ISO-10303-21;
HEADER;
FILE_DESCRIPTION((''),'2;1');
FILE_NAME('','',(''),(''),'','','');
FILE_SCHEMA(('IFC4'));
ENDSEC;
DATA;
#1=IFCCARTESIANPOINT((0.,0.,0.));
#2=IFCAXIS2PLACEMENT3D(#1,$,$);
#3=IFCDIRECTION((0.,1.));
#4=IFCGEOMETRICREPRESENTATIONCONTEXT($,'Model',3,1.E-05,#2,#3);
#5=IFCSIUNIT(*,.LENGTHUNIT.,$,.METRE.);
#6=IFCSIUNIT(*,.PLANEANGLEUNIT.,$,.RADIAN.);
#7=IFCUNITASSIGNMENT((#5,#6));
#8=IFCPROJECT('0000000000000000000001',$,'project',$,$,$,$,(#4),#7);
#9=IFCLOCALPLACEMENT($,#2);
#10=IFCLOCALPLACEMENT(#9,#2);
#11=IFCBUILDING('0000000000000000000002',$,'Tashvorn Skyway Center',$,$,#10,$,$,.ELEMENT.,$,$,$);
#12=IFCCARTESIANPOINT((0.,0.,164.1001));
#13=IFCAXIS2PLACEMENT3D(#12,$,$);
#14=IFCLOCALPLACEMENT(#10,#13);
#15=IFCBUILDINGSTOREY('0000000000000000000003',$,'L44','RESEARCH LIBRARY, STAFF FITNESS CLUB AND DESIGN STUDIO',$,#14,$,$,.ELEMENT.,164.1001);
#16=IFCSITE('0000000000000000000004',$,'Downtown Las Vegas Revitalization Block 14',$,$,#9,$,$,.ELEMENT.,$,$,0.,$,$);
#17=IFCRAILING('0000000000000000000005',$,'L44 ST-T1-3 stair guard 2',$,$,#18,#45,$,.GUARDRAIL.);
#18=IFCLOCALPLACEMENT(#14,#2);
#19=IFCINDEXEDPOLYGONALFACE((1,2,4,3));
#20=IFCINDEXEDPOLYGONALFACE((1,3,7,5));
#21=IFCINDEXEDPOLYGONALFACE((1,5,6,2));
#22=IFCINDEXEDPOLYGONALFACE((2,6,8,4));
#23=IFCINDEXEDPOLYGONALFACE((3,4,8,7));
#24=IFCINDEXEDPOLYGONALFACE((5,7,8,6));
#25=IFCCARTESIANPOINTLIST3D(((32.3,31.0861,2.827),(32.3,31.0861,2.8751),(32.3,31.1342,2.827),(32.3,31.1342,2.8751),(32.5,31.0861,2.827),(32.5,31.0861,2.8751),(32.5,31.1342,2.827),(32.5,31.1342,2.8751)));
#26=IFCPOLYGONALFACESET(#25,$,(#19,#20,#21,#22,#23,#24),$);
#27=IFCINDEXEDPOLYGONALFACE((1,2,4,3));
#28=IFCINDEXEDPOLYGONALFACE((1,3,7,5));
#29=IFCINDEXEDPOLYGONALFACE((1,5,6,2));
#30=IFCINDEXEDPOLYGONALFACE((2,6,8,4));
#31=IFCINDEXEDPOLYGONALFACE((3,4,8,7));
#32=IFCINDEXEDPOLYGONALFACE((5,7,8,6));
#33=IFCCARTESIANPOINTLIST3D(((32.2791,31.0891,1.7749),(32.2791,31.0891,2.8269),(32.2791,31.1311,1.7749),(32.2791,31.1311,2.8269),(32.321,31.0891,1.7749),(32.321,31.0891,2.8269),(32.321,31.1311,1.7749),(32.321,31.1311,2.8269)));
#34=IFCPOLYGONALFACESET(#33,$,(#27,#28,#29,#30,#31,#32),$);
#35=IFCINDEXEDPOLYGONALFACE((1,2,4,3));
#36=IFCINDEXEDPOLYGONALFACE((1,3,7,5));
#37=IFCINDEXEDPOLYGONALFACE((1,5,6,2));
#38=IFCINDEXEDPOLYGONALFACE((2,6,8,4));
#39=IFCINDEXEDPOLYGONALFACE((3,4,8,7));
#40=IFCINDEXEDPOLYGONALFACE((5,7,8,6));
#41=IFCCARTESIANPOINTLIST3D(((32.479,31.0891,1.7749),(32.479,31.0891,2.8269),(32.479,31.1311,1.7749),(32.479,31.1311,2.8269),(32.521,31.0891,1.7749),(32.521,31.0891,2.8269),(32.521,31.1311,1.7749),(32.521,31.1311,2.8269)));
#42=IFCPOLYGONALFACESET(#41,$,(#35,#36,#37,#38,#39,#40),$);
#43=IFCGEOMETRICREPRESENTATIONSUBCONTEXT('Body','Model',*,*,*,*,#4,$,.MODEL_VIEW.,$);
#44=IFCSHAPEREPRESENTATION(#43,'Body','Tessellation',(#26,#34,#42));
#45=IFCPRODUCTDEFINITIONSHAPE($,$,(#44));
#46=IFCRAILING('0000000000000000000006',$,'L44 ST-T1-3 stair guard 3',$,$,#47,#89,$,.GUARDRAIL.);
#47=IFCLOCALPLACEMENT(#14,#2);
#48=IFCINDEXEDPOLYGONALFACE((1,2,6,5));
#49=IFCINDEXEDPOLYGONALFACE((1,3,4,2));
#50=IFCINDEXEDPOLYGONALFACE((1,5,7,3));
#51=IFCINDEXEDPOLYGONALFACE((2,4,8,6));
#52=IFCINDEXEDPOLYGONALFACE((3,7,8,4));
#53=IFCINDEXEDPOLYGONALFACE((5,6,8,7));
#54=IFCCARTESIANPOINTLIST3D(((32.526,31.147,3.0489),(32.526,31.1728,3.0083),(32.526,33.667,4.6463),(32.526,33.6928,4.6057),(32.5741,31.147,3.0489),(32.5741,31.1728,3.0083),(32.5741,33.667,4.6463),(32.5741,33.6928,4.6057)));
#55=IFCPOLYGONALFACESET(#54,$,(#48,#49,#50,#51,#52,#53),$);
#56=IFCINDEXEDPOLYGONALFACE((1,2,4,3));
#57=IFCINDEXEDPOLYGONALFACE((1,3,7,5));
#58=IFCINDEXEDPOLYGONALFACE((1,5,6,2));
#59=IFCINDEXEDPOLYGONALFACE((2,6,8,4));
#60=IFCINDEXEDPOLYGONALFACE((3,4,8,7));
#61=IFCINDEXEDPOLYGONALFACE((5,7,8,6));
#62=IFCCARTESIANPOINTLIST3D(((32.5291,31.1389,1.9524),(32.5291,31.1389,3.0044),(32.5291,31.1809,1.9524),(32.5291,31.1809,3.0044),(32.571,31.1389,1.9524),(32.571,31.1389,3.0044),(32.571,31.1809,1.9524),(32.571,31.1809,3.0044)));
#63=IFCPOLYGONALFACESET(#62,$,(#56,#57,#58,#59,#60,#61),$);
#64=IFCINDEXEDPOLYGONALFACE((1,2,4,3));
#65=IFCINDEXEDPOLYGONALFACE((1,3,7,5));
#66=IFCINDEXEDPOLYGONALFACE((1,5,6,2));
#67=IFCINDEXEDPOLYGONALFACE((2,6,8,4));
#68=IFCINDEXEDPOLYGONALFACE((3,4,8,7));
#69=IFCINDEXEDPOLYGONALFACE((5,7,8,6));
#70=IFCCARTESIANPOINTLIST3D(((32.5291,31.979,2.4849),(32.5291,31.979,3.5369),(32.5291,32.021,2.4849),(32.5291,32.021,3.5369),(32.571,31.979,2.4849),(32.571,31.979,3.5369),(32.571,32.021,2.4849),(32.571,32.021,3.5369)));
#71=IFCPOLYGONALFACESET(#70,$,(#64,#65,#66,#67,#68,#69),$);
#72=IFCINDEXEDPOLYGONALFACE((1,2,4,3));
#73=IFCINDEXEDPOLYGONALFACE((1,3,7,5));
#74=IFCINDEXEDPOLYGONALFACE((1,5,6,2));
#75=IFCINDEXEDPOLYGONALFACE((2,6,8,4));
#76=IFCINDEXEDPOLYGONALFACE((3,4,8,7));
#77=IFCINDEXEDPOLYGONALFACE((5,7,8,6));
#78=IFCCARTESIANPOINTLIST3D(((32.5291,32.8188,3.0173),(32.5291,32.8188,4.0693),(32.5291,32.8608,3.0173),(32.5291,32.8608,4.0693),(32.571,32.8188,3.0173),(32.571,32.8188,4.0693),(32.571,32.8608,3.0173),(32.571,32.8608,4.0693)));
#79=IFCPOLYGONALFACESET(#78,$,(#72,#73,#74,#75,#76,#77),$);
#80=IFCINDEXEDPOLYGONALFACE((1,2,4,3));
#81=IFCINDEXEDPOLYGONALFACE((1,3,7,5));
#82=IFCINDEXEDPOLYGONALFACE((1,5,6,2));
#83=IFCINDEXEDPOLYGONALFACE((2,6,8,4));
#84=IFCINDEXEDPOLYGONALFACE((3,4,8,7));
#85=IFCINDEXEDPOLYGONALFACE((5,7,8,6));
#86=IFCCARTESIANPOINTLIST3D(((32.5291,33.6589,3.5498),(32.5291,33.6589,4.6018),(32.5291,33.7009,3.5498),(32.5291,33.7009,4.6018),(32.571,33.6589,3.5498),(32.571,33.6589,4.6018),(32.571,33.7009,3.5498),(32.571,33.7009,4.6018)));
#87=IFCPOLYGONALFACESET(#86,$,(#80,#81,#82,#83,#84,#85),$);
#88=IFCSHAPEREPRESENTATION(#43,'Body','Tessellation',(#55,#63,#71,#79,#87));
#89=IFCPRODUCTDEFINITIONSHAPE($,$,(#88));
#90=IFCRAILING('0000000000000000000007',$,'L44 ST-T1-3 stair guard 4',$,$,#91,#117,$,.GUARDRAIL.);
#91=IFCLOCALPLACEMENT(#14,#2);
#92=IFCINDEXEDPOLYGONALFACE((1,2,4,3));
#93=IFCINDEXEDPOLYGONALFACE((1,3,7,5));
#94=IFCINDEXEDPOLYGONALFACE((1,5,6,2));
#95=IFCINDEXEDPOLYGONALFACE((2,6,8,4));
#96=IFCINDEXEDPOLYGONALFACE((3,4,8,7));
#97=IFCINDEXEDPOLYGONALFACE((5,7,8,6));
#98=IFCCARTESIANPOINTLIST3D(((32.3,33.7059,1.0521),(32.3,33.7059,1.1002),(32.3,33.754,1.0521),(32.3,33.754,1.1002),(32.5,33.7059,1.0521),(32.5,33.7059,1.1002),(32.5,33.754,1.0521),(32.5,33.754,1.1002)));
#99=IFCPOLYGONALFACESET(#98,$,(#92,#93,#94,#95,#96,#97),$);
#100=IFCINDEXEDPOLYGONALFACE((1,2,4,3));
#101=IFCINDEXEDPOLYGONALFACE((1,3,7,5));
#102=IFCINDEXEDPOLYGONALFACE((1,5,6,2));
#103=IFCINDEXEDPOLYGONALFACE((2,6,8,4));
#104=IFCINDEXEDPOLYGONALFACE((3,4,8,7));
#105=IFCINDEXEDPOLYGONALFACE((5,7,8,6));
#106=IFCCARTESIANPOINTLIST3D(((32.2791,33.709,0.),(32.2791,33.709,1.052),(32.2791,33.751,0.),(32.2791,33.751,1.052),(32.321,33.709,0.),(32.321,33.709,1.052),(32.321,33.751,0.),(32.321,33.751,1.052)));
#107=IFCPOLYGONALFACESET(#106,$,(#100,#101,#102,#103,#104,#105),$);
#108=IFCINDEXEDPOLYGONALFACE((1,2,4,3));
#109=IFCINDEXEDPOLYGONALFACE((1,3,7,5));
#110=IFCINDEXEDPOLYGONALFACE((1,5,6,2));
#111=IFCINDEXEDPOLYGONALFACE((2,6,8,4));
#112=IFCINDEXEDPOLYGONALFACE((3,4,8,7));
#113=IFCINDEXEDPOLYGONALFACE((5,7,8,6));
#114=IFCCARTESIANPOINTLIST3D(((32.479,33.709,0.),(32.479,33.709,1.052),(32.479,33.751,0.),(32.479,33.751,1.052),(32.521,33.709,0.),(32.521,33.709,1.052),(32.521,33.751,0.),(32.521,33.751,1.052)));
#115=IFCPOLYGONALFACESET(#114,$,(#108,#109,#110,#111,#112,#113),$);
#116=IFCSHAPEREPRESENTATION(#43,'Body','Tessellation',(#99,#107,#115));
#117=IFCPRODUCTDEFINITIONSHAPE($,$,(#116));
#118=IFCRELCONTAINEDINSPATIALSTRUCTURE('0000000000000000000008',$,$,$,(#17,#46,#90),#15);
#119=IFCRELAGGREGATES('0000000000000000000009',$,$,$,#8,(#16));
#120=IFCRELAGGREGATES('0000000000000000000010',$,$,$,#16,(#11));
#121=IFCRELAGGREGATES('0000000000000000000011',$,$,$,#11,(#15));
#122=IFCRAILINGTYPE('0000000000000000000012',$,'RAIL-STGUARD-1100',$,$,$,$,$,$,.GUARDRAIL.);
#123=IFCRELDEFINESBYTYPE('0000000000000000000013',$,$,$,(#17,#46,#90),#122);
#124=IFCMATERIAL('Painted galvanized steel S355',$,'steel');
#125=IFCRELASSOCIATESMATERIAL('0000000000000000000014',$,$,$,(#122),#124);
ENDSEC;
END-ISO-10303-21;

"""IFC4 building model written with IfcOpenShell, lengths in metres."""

from ifc_helpers import new_model, si_unit, direction, frame, origin, origin_2d, place, context, subcontext, project, spatial, rectangle, extrude, material, type_object, element, save


model = new_model("IFC4")

# Units and contexts
model_context = context("Model", 3, precision=1e-05, world=origin(), true_north=direction((0.0, 1.0)))
body_context = subcontext(model_context, "Body", "Model", "MODEL_VIEW")
ifc_project = project(units=[si_unit("LENGTHUNIT", "METRE"), si_unit("PLANEANGLEUNIT", "RADIAN")], contexts=[model_context])

# Site, building, storey
site_placement = place(None, origin())
site = spatial("IfcSite", under=ifc_project, at=site_placement, Name="Downtown Las Vegas Revitalization Block 14", CompositionType="ELEMENT", RefElevation=0.0)
building_placement = place(site_placement, origin())
building = spatial("IfcBuilding", under=site, at=building_placement, Name="Tashvorn Skyway Center", CompositionType="ELEMENT")
storey_placement = place(building_placement, frame((0.0, 0.0, 164.1001)))
storey = spatial("IfcBuildingStorey", under=building, at=storey_placement, Name="L44", Description="RESEARCH LIBRARY, STAFF FITNESS CLUB AND DESIGN STUDIO", CompositionType="ELEMENT", Elevation=164.1001)

# Railings
ifc_material_1 = material(Name="Painted galvanized steel S355", Category="steel")
railing_type_1 = type_object("IfcRailingType", Name="RAIL-STGUARD-1100", PredefinedType="GUARDRAIL", material=ifc_material_1)
railing_1_placement = place(storey_placement, frame((32.3, 31.1101, 1.7749)))
element("IfcRailing", 1, at=railing_1_placement, inside=storey, type_object=railing_type_1, Name="L44 ST-T1-3 stair guard 2", PredefinedType="GUARDRAIL", context=body_context, shape_type="SweptSolid", body=[
    extrude(rectangle(XDim=0.0481, YDim=0.0481, at=origin_2d()), frame((0.0, 0.0, 1.0762), z_axis=(1.0, 0.0, 0.0), x_axis=(0.0, 1.0, 0.0)), (0.0, 0.0, 1.0), 0.2),
    extrude(rectangle(XDim=0.042, YDim=0.042, at=origin_2d()), origin(), (0.0, 0.0, 1.0), 1.052),
    extrude(rectangle(XDim=0.042, YDim=0.042, at=origin_2d()), frame((0.2, 0.0, 0.0)), (0.0, 0.0, 1.0), 1.052),
])
railing_2_placement = place(storey_placement, frame((32.55, 31.1599, 1.9524)))
element("IfcRailing", 2, at=railing_2_placement, inside=storey, type_object=railing_type_1, Name="L44 ST-T1-3 stair guard 3", PredefinedType="GUARDRAIL", context=body_context, shape_type="SweptSolid", body=[
    extrude(rectangle(XDim=0.0481, YDim=0.0481, at=origin_2d()), frame((0.0, 0.0, 1.0762), z_axis=(0.0, 0.844607, 0.535387), x_axis=(-1.0, 0.0, 0.0)), (0.0, 0.0, 1.0), 2.9836),
    extrude(rectangle(XDim=0.042, YDim=0.042, at=origin_2d()), origin(), (0.0, 0.0, 1.0), 1.052),
    extrude(rectangle(XDim=0.042, YDim=0.042, at=origin_2d()), frame((0.0, 0.8401, 0.5325)), (0.0, 0.0, 1.0), 1.052),
    extrude(rectangle(XDim=0.042, YDim=0.042, at=origin_2d()), frame((0.0, 1.6799, 1.0649)), (0.0, 0.0, 1.0), 1.052),
    extrude(rectangle(XDim=0.042, YDim=0.042, at=origin_2d()), frame((0.0, 2.52, 1.5974)), (0.0, 0.0, 1.0), 1.052),
])
railing_3_placement = place(storey_placement, frame((32.3, 33.73, 0.0)))
element("IfcRailing", 3, at=railing_3_placement, inside=storey, type_object=railing_type_1, Name="L44 ST-T1-3 stair guard 4", PredefinedType="GUARDRAIL", context=body_context, shape_type="SweptSolid", body=[
    extrude(rectangle(XDim=0.0481, YDim=0.0481, at=origin_2d()), frame((0.0, 0.0, 1.0762), z_axis=(1.0, 0.0, 0.0), x_axis=(0.0, 1.0, 0.0)), (0.0, 0.0, 1.0), 0.2),
    extrude(rectangle(XDim=0.042, YDim=0.042, at=origin_2d()), origin(), (0.0, 0.0, 1.0), 1.052),
    extrude(rectangle(XDim=0.042, YDim=0.042, at=origin_2d()), frame((0.2, 0.0, 0.0)), (0.0, 0.0, 1.0), 1.052),
])

save(model, "model.ifc")
